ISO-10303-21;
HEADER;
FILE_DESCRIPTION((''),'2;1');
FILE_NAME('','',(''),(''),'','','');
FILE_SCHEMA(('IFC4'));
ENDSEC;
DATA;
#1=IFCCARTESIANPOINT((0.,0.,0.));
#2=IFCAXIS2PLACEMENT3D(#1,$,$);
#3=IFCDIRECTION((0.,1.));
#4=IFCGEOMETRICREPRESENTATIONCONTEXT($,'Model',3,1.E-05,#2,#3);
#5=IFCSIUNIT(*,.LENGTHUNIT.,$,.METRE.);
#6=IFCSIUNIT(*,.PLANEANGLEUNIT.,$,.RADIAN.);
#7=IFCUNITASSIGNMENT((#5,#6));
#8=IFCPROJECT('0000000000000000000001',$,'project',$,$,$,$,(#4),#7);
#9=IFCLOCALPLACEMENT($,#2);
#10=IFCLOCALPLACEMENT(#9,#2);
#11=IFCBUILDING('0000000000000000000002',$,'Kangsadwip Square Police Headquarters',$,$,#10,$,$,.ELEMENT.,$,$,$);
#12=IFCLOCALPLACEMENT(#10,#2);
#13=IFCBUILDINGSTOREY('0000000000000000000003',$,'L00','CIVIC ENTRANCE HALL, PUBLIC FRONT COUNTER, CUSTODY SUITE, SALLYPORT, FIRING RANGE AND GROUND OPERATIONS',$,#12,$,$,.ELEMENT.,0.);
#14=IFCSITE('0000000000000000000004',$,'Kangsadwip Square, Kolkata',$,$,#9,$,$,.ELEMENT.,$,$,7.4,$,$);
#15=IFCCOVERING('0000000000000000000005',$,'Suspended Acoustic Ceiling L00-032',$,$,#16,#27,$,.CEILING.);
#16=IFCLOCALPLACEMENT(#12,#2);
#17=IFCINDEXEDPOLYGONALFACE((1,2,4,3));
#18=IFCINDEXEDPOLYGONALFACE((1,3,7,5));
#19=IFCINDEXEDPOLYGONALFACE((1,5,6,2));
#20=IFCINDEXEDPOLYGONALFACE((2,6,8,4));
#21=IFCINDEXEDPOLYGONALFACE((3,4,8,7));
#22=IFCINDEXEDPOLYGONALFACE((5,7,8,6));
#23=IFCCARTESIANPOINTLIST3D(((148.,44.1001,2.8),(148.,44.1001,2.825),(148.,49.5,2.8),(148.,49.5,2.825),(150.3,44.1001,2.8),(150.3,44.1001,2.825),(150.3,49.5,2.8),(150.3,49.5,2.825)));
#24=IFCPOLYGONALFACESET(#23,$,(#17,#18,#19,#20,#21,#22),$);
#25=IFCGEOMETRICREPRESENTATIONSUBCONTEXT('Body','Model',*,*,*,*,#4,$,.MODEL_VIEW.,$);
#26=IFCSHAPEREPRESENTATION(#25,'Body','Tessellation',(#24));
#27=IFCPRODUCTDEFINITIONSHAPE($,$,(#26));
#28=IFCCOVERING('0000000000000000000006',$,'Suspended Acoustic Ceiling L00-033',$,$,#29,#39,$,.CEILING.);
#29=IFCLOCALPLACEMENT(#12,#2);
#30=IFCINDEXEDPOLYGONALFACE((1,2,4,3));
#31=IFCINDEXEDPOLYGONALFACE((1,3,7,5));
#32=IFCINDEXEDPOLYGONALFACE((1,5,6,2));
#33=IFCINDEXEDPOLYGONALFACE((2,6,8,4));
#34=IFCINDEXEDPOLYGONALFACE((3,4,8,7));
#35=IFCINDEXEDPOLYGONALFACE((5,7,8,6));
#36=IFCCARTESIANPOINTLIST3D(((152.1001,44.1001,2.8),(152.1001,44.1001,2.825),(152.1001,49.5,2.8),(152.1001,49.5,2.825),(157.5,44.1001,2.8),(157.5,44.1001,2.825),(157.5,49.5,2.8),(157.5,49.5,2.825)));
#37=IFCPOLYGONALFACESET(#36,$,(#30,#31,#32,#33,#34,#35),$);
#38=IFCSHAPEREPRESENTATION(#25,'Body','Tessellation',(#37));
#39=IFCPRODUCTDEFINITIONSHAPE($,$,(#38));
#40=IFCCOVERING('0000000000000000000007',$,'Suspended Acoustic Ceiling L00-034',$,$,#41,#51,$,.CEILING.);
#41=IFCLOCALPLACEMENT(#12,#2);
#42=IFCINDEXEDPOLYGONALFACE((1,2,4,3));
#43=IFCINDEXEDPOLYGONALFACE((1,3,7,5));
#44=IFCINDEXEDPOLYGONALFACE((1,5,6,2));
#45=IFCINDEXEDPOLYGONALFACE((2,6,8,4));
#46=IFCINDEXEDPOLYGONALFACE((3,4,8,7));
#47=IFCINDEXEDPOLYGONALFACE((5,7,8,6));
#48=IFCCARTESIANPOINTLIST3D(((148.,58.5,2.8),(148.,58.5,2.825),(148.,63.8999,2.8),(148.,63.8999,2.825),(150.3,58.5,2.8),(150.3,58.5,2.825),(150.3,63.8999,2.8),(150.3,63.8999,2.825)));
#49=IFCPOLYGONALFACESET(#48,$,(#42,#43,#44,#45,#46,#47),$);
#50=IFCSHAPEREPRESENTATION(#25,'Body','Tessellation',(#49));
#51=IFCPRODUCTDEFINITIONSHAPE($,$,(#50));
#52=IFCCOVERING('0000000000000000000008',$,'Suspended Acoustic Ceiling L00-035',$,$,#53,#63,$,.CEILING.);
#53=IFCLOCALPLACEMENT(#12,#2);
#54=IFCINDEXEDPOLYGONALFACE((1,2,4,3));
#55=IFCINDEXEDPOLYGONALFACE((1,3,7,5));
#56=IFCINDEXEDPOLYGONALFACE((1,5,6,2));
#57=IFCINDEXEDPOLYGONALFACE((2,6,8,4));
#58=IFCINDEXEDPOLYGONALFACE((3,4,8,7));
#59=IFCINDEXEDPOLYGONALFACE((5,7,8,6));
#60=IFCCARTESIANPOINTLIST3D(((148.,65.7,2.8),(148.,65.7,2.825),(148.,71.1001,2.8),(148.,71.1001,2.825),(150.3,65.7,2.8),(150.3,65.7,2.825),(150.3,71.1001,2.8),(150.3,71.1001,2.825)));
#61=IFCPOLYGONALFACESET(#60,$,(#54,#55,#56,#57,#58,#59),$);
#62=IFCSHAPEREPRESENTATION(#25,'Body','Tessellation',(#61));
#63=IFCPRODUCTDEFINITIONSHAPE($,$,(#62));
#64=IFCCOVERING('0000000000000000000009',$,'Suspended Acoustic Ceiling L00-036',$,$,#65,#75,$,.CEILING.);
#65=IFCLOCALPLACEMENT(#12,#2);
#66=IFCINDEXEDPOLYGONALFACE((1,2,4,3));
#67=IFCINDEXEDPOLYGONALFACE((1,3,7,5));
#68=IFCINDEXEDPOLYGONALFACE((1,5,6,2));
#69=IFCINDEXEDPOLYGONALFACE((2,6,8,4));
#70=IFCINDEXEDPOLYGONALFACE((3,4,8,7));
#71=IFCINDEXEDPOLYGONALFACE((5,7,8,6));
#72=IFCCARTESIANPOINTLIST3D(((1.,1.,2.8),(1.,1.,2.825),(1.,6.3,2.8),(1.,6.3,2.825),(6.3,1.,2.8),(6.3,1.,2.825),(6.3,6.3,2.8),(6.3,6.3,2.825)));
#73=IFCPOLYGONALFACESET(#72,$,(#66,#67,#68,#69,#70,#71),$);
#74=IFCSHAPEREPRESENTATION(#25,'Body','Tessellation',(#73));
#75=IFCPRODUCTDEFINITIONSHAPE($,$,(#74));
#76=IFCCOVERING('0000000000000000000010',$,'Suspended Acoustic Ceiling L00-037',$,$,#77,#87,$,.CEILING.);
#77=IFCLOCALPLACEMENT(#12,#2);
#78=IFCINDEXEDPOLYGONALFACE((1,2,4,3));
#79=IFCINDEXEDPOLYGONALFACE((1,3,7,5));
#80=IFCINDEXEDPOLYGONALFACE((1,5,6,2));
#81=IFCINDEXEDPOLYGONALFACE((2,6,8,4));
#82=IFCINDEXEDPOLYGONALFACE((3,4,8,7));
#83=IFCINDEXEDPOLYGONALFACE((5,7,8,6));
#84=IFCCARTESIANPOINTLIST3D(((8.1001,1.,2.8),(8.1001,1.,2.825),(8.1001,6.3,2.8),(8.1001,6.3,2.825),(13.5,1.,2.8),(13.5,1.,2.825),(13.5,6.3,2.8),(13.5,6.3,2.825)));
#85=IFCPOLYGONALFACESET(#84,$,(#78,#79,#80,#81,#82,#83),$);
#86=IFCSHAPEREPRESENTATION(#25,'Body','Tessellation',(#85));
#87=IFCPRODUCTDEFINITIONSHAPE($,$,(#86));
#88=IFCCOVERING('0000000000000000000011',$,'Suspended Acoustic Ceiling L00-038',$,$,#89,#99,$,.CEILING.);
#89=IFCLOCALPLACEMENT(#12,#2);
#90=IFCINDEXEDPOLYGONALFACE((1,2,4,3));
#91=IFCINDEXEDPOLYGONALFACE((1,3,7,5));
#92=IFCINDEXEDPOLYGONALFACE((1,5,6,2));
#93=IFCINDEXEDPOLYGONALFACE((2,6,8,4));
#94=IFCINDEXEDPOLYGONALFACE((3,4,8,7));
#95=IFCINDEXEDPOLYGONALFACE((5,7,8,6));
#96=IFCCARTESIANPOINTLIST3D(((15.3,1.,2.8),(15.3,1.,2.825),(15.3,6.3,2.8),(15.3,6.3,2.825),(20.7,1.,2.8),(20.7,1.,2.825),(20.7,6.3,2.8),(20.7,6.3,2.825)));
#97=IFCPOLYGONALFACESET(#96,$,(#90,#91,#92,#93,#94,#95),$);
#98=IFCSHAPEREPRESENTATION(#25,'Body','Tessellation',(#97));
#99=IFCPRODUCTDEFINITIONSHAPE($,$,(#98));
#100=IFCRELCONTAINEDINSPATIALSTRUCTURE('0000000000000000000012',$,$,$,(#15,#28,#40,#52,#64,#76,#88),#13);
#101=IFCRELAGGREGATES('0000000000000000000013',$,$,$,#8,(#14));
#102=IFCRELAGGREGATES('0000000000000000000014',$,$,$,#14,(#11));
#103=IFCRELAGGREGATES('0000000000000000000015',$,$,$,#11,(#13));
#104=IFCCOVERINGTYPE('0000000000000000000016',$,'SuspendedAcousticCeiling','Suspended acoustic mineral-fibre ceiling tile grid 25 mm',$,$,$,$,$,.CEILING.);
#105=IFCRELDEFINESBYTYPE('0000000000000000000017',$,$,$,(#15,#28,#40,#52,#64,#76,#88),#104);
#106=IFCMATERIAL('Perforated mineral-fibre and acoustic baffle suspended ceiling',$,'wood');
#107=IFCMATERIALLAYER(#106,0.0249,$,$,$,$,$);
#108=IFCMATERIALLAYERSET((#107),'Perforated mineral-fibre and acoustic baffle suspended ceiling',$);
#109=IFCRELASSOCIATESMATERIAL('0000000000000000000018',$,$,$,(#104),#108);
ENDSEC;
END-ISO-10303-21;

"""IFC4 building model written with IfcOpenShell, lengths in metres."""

from ifc_helpers import new_model, si_unit, direction, frame, origin, place, context, subcontext, project, spatial, polyline, outline, extrude, material, layer, layer_set, type_object, element, save


model = new_model("IFC4")

# Units and contexts
model_context = context("Model", 3, precision=1e-05, world=origin(), true_north=direction((0.0, 1.0)))
body_context = subcontext(model_context, "Body", "Model", "MODEL_VIEW")
ifc_project = project(units=[si_unit("LENGTHUNIT", "METRE"), si_unit("PLANEANGLEUNIT", "RADIAN")], contexts=[model_context])

# Site, building, storey
site_placement = place(None, origin())
site = spatial("IfcSite", under=ifc_project, at=site_placement, Name="Kangsadwip Square, Kolkata", CompositionType="ELEMENT", RefElevation=7.4)
building_placement = place(site_placement, origin())
building = spatial("IfcBuilding", under=site, at=building_placement, Name="Kangsadwip Square Police Headquarters", CompositionType="ELEMENT")
storey_placement = place(building_placement, origin())
storey = spatial("IfcBuildingStorey", under=building, at=storey_placement, Name="L00", Description="CIVIC ENTRANCE HALL, PUBLIC FRONT COUNTER, CUSTODY SUITE, SALLYPORT, FIRING RANGE AND GROUND OPERATIONS", CompositionType="ELEMENT", Elevation=0.0)

# Coverings
ifc_material = material(Name="Perforated mineral-fibre and acoustic baffle suspended ceiling", Category="wood")
ifc_layer = layer(ifc_material, 0.0249)
ifc_layer_set = layer_set([ifc_layer], Name="Perforated mineral-fibre and acoustic baffle suspended ceiling")
covering_type = type_object("IfcCoveringType", Name="SuspendedAcousticCeiling", Description="Suspended acoustic mineral-fibre ceiling tile grid 25 mm", PredefinedType="CEILING", material=ifc_layer_set)
covering_1_placement = place(storey_placement, frame((0.0, 0.0, 2.8)))
element("IfcCovering", 1, at=covering_1_placement, inside=storey, type_object=covering_type, Name="Suspended Acoustic Ceiling L00-032", PredefinedType="CEILING", context=body_context, shape_type="SweptSolid", body=[
    extrude(outline(polyline([(148.0, 44.1001), (150.3, 44.1001), (150.3, 49.5), (148.0, 49.5), (148.0, 44.1001)])), origin(), (0.0, 0.0, 1.0), 0.0249),
])
covering_2_placement = place(storey_placement, frame((0.0, 0.0, 2.8)))
element("IfcCovering", 2, at=covering_2_placement, inside=storey, type_object=covering_type, Name="Suspended Acoustic Ceiling L00-033", PredefinedType="CEILING", context=body_context, shape_type="SweptSolid", body=[
    extrude(outline(polyline([(152.1001, 44.1001), (157.5, 44.1001), (157.5, 49.5), (152.1001, 49.5), (152.1001, 44.1001)])), origin(), (0.0, 0.0, 1.0), 0.0249),
])
covering_3_placement = place(storey_placement, frame((0.0, 0.0, 2.8)))
element("IfcCovering", 3, at=covering_3_placement, inside=storey, type_object=covering_type, Name="Suspended Acoustic Ceiling L00-034", PredefinedType="CEILING", context=body_context, shape_type="SweptSolid", body=[
    extrude(outline(polyline([(148.0, 58.5), (150.3, 58.5), (150.3, 63.8999), (148.0, 63.8999), (148.0, 58.5)])), origin(), (0.0, 0.0, 1.0), 0.0249),
])
covering_4_placement = place(storey_placement, frame((0.0, 0.0, 2.8)))
element("IfcCovering", 4, at=covering_4_placement, inside=storey, type_object=covering_type, Name="Suspended Acoustic Ceiling L00-035", PredefinedType="CEILING", context=body_context, shape_type="SweptSolid", body=[
    extrude(outline(polyline([(148.0, 65.7), (150.3, 65.7), (150.3, 71.1001), (148.0, 71.1001), (148.0, 65.7)])), origin(), (0.0, 0.0, 1.0), 0.0249),
])
covering_5_placement = place(storey_placement, frame((0.0, 0.0, 2.8)))
element("IfcCovering", 5, at=covering_5_placement, inside=storey, type_object=covering_type, Name="Suspended Acoustic Ceiling L00-036", PredefinedType="CEILING", context=body_context, shape_type="SweptSolid", body=[
    extrude(outline(polyline([(1.0, 1.0), (6.3, 1.0), (6.3, 6.3), (1.0, 6.3), (1.0, 1.0)])), origin(), (0.0, 0.0, 1.0), 0.0249),
])
covering_6_placement = place(storey_placement, frame((0.0, 0.0, 2.8)))
element("IfcCovering", 6, at=covering_6_placement, inside=storey, type_object=covering_type, Name="Suspended Acoustic Ceiling L00-037", PredefinedType="CEILING", context=body_context, shape_type="SweptSolid", body=[
    extrude(outline(polyline([(8.1001, 1.0), (13.5, 1.0), (13.5, 6.3), (8.1001, 6.3), (8.1001, 1.0)])), origin(), (0.0, 0.0, 1.0), 0.0249),
])
covering_7_placement = place(storey_placement, frame((0.0, 0.0, 2.8)))
element("IfcCovering", 7, at=covering_7_placement, inside=storey, type_object=covering_type, Name="Suspended Acoustic Ceiling L00-038", PredefinedType="CEILING", context=body_context, shape_type="SweptSolid", body=[
    extrude(outline(polyline([(15.3, 1.0), (20.7, 1.0), (20.7, 6.3), (15.3, 6.3), (15.3, 1.0)])), origin(), (0.0, 0.0, 1.0), 0.0249),
])

save(model, "model.ifc")
